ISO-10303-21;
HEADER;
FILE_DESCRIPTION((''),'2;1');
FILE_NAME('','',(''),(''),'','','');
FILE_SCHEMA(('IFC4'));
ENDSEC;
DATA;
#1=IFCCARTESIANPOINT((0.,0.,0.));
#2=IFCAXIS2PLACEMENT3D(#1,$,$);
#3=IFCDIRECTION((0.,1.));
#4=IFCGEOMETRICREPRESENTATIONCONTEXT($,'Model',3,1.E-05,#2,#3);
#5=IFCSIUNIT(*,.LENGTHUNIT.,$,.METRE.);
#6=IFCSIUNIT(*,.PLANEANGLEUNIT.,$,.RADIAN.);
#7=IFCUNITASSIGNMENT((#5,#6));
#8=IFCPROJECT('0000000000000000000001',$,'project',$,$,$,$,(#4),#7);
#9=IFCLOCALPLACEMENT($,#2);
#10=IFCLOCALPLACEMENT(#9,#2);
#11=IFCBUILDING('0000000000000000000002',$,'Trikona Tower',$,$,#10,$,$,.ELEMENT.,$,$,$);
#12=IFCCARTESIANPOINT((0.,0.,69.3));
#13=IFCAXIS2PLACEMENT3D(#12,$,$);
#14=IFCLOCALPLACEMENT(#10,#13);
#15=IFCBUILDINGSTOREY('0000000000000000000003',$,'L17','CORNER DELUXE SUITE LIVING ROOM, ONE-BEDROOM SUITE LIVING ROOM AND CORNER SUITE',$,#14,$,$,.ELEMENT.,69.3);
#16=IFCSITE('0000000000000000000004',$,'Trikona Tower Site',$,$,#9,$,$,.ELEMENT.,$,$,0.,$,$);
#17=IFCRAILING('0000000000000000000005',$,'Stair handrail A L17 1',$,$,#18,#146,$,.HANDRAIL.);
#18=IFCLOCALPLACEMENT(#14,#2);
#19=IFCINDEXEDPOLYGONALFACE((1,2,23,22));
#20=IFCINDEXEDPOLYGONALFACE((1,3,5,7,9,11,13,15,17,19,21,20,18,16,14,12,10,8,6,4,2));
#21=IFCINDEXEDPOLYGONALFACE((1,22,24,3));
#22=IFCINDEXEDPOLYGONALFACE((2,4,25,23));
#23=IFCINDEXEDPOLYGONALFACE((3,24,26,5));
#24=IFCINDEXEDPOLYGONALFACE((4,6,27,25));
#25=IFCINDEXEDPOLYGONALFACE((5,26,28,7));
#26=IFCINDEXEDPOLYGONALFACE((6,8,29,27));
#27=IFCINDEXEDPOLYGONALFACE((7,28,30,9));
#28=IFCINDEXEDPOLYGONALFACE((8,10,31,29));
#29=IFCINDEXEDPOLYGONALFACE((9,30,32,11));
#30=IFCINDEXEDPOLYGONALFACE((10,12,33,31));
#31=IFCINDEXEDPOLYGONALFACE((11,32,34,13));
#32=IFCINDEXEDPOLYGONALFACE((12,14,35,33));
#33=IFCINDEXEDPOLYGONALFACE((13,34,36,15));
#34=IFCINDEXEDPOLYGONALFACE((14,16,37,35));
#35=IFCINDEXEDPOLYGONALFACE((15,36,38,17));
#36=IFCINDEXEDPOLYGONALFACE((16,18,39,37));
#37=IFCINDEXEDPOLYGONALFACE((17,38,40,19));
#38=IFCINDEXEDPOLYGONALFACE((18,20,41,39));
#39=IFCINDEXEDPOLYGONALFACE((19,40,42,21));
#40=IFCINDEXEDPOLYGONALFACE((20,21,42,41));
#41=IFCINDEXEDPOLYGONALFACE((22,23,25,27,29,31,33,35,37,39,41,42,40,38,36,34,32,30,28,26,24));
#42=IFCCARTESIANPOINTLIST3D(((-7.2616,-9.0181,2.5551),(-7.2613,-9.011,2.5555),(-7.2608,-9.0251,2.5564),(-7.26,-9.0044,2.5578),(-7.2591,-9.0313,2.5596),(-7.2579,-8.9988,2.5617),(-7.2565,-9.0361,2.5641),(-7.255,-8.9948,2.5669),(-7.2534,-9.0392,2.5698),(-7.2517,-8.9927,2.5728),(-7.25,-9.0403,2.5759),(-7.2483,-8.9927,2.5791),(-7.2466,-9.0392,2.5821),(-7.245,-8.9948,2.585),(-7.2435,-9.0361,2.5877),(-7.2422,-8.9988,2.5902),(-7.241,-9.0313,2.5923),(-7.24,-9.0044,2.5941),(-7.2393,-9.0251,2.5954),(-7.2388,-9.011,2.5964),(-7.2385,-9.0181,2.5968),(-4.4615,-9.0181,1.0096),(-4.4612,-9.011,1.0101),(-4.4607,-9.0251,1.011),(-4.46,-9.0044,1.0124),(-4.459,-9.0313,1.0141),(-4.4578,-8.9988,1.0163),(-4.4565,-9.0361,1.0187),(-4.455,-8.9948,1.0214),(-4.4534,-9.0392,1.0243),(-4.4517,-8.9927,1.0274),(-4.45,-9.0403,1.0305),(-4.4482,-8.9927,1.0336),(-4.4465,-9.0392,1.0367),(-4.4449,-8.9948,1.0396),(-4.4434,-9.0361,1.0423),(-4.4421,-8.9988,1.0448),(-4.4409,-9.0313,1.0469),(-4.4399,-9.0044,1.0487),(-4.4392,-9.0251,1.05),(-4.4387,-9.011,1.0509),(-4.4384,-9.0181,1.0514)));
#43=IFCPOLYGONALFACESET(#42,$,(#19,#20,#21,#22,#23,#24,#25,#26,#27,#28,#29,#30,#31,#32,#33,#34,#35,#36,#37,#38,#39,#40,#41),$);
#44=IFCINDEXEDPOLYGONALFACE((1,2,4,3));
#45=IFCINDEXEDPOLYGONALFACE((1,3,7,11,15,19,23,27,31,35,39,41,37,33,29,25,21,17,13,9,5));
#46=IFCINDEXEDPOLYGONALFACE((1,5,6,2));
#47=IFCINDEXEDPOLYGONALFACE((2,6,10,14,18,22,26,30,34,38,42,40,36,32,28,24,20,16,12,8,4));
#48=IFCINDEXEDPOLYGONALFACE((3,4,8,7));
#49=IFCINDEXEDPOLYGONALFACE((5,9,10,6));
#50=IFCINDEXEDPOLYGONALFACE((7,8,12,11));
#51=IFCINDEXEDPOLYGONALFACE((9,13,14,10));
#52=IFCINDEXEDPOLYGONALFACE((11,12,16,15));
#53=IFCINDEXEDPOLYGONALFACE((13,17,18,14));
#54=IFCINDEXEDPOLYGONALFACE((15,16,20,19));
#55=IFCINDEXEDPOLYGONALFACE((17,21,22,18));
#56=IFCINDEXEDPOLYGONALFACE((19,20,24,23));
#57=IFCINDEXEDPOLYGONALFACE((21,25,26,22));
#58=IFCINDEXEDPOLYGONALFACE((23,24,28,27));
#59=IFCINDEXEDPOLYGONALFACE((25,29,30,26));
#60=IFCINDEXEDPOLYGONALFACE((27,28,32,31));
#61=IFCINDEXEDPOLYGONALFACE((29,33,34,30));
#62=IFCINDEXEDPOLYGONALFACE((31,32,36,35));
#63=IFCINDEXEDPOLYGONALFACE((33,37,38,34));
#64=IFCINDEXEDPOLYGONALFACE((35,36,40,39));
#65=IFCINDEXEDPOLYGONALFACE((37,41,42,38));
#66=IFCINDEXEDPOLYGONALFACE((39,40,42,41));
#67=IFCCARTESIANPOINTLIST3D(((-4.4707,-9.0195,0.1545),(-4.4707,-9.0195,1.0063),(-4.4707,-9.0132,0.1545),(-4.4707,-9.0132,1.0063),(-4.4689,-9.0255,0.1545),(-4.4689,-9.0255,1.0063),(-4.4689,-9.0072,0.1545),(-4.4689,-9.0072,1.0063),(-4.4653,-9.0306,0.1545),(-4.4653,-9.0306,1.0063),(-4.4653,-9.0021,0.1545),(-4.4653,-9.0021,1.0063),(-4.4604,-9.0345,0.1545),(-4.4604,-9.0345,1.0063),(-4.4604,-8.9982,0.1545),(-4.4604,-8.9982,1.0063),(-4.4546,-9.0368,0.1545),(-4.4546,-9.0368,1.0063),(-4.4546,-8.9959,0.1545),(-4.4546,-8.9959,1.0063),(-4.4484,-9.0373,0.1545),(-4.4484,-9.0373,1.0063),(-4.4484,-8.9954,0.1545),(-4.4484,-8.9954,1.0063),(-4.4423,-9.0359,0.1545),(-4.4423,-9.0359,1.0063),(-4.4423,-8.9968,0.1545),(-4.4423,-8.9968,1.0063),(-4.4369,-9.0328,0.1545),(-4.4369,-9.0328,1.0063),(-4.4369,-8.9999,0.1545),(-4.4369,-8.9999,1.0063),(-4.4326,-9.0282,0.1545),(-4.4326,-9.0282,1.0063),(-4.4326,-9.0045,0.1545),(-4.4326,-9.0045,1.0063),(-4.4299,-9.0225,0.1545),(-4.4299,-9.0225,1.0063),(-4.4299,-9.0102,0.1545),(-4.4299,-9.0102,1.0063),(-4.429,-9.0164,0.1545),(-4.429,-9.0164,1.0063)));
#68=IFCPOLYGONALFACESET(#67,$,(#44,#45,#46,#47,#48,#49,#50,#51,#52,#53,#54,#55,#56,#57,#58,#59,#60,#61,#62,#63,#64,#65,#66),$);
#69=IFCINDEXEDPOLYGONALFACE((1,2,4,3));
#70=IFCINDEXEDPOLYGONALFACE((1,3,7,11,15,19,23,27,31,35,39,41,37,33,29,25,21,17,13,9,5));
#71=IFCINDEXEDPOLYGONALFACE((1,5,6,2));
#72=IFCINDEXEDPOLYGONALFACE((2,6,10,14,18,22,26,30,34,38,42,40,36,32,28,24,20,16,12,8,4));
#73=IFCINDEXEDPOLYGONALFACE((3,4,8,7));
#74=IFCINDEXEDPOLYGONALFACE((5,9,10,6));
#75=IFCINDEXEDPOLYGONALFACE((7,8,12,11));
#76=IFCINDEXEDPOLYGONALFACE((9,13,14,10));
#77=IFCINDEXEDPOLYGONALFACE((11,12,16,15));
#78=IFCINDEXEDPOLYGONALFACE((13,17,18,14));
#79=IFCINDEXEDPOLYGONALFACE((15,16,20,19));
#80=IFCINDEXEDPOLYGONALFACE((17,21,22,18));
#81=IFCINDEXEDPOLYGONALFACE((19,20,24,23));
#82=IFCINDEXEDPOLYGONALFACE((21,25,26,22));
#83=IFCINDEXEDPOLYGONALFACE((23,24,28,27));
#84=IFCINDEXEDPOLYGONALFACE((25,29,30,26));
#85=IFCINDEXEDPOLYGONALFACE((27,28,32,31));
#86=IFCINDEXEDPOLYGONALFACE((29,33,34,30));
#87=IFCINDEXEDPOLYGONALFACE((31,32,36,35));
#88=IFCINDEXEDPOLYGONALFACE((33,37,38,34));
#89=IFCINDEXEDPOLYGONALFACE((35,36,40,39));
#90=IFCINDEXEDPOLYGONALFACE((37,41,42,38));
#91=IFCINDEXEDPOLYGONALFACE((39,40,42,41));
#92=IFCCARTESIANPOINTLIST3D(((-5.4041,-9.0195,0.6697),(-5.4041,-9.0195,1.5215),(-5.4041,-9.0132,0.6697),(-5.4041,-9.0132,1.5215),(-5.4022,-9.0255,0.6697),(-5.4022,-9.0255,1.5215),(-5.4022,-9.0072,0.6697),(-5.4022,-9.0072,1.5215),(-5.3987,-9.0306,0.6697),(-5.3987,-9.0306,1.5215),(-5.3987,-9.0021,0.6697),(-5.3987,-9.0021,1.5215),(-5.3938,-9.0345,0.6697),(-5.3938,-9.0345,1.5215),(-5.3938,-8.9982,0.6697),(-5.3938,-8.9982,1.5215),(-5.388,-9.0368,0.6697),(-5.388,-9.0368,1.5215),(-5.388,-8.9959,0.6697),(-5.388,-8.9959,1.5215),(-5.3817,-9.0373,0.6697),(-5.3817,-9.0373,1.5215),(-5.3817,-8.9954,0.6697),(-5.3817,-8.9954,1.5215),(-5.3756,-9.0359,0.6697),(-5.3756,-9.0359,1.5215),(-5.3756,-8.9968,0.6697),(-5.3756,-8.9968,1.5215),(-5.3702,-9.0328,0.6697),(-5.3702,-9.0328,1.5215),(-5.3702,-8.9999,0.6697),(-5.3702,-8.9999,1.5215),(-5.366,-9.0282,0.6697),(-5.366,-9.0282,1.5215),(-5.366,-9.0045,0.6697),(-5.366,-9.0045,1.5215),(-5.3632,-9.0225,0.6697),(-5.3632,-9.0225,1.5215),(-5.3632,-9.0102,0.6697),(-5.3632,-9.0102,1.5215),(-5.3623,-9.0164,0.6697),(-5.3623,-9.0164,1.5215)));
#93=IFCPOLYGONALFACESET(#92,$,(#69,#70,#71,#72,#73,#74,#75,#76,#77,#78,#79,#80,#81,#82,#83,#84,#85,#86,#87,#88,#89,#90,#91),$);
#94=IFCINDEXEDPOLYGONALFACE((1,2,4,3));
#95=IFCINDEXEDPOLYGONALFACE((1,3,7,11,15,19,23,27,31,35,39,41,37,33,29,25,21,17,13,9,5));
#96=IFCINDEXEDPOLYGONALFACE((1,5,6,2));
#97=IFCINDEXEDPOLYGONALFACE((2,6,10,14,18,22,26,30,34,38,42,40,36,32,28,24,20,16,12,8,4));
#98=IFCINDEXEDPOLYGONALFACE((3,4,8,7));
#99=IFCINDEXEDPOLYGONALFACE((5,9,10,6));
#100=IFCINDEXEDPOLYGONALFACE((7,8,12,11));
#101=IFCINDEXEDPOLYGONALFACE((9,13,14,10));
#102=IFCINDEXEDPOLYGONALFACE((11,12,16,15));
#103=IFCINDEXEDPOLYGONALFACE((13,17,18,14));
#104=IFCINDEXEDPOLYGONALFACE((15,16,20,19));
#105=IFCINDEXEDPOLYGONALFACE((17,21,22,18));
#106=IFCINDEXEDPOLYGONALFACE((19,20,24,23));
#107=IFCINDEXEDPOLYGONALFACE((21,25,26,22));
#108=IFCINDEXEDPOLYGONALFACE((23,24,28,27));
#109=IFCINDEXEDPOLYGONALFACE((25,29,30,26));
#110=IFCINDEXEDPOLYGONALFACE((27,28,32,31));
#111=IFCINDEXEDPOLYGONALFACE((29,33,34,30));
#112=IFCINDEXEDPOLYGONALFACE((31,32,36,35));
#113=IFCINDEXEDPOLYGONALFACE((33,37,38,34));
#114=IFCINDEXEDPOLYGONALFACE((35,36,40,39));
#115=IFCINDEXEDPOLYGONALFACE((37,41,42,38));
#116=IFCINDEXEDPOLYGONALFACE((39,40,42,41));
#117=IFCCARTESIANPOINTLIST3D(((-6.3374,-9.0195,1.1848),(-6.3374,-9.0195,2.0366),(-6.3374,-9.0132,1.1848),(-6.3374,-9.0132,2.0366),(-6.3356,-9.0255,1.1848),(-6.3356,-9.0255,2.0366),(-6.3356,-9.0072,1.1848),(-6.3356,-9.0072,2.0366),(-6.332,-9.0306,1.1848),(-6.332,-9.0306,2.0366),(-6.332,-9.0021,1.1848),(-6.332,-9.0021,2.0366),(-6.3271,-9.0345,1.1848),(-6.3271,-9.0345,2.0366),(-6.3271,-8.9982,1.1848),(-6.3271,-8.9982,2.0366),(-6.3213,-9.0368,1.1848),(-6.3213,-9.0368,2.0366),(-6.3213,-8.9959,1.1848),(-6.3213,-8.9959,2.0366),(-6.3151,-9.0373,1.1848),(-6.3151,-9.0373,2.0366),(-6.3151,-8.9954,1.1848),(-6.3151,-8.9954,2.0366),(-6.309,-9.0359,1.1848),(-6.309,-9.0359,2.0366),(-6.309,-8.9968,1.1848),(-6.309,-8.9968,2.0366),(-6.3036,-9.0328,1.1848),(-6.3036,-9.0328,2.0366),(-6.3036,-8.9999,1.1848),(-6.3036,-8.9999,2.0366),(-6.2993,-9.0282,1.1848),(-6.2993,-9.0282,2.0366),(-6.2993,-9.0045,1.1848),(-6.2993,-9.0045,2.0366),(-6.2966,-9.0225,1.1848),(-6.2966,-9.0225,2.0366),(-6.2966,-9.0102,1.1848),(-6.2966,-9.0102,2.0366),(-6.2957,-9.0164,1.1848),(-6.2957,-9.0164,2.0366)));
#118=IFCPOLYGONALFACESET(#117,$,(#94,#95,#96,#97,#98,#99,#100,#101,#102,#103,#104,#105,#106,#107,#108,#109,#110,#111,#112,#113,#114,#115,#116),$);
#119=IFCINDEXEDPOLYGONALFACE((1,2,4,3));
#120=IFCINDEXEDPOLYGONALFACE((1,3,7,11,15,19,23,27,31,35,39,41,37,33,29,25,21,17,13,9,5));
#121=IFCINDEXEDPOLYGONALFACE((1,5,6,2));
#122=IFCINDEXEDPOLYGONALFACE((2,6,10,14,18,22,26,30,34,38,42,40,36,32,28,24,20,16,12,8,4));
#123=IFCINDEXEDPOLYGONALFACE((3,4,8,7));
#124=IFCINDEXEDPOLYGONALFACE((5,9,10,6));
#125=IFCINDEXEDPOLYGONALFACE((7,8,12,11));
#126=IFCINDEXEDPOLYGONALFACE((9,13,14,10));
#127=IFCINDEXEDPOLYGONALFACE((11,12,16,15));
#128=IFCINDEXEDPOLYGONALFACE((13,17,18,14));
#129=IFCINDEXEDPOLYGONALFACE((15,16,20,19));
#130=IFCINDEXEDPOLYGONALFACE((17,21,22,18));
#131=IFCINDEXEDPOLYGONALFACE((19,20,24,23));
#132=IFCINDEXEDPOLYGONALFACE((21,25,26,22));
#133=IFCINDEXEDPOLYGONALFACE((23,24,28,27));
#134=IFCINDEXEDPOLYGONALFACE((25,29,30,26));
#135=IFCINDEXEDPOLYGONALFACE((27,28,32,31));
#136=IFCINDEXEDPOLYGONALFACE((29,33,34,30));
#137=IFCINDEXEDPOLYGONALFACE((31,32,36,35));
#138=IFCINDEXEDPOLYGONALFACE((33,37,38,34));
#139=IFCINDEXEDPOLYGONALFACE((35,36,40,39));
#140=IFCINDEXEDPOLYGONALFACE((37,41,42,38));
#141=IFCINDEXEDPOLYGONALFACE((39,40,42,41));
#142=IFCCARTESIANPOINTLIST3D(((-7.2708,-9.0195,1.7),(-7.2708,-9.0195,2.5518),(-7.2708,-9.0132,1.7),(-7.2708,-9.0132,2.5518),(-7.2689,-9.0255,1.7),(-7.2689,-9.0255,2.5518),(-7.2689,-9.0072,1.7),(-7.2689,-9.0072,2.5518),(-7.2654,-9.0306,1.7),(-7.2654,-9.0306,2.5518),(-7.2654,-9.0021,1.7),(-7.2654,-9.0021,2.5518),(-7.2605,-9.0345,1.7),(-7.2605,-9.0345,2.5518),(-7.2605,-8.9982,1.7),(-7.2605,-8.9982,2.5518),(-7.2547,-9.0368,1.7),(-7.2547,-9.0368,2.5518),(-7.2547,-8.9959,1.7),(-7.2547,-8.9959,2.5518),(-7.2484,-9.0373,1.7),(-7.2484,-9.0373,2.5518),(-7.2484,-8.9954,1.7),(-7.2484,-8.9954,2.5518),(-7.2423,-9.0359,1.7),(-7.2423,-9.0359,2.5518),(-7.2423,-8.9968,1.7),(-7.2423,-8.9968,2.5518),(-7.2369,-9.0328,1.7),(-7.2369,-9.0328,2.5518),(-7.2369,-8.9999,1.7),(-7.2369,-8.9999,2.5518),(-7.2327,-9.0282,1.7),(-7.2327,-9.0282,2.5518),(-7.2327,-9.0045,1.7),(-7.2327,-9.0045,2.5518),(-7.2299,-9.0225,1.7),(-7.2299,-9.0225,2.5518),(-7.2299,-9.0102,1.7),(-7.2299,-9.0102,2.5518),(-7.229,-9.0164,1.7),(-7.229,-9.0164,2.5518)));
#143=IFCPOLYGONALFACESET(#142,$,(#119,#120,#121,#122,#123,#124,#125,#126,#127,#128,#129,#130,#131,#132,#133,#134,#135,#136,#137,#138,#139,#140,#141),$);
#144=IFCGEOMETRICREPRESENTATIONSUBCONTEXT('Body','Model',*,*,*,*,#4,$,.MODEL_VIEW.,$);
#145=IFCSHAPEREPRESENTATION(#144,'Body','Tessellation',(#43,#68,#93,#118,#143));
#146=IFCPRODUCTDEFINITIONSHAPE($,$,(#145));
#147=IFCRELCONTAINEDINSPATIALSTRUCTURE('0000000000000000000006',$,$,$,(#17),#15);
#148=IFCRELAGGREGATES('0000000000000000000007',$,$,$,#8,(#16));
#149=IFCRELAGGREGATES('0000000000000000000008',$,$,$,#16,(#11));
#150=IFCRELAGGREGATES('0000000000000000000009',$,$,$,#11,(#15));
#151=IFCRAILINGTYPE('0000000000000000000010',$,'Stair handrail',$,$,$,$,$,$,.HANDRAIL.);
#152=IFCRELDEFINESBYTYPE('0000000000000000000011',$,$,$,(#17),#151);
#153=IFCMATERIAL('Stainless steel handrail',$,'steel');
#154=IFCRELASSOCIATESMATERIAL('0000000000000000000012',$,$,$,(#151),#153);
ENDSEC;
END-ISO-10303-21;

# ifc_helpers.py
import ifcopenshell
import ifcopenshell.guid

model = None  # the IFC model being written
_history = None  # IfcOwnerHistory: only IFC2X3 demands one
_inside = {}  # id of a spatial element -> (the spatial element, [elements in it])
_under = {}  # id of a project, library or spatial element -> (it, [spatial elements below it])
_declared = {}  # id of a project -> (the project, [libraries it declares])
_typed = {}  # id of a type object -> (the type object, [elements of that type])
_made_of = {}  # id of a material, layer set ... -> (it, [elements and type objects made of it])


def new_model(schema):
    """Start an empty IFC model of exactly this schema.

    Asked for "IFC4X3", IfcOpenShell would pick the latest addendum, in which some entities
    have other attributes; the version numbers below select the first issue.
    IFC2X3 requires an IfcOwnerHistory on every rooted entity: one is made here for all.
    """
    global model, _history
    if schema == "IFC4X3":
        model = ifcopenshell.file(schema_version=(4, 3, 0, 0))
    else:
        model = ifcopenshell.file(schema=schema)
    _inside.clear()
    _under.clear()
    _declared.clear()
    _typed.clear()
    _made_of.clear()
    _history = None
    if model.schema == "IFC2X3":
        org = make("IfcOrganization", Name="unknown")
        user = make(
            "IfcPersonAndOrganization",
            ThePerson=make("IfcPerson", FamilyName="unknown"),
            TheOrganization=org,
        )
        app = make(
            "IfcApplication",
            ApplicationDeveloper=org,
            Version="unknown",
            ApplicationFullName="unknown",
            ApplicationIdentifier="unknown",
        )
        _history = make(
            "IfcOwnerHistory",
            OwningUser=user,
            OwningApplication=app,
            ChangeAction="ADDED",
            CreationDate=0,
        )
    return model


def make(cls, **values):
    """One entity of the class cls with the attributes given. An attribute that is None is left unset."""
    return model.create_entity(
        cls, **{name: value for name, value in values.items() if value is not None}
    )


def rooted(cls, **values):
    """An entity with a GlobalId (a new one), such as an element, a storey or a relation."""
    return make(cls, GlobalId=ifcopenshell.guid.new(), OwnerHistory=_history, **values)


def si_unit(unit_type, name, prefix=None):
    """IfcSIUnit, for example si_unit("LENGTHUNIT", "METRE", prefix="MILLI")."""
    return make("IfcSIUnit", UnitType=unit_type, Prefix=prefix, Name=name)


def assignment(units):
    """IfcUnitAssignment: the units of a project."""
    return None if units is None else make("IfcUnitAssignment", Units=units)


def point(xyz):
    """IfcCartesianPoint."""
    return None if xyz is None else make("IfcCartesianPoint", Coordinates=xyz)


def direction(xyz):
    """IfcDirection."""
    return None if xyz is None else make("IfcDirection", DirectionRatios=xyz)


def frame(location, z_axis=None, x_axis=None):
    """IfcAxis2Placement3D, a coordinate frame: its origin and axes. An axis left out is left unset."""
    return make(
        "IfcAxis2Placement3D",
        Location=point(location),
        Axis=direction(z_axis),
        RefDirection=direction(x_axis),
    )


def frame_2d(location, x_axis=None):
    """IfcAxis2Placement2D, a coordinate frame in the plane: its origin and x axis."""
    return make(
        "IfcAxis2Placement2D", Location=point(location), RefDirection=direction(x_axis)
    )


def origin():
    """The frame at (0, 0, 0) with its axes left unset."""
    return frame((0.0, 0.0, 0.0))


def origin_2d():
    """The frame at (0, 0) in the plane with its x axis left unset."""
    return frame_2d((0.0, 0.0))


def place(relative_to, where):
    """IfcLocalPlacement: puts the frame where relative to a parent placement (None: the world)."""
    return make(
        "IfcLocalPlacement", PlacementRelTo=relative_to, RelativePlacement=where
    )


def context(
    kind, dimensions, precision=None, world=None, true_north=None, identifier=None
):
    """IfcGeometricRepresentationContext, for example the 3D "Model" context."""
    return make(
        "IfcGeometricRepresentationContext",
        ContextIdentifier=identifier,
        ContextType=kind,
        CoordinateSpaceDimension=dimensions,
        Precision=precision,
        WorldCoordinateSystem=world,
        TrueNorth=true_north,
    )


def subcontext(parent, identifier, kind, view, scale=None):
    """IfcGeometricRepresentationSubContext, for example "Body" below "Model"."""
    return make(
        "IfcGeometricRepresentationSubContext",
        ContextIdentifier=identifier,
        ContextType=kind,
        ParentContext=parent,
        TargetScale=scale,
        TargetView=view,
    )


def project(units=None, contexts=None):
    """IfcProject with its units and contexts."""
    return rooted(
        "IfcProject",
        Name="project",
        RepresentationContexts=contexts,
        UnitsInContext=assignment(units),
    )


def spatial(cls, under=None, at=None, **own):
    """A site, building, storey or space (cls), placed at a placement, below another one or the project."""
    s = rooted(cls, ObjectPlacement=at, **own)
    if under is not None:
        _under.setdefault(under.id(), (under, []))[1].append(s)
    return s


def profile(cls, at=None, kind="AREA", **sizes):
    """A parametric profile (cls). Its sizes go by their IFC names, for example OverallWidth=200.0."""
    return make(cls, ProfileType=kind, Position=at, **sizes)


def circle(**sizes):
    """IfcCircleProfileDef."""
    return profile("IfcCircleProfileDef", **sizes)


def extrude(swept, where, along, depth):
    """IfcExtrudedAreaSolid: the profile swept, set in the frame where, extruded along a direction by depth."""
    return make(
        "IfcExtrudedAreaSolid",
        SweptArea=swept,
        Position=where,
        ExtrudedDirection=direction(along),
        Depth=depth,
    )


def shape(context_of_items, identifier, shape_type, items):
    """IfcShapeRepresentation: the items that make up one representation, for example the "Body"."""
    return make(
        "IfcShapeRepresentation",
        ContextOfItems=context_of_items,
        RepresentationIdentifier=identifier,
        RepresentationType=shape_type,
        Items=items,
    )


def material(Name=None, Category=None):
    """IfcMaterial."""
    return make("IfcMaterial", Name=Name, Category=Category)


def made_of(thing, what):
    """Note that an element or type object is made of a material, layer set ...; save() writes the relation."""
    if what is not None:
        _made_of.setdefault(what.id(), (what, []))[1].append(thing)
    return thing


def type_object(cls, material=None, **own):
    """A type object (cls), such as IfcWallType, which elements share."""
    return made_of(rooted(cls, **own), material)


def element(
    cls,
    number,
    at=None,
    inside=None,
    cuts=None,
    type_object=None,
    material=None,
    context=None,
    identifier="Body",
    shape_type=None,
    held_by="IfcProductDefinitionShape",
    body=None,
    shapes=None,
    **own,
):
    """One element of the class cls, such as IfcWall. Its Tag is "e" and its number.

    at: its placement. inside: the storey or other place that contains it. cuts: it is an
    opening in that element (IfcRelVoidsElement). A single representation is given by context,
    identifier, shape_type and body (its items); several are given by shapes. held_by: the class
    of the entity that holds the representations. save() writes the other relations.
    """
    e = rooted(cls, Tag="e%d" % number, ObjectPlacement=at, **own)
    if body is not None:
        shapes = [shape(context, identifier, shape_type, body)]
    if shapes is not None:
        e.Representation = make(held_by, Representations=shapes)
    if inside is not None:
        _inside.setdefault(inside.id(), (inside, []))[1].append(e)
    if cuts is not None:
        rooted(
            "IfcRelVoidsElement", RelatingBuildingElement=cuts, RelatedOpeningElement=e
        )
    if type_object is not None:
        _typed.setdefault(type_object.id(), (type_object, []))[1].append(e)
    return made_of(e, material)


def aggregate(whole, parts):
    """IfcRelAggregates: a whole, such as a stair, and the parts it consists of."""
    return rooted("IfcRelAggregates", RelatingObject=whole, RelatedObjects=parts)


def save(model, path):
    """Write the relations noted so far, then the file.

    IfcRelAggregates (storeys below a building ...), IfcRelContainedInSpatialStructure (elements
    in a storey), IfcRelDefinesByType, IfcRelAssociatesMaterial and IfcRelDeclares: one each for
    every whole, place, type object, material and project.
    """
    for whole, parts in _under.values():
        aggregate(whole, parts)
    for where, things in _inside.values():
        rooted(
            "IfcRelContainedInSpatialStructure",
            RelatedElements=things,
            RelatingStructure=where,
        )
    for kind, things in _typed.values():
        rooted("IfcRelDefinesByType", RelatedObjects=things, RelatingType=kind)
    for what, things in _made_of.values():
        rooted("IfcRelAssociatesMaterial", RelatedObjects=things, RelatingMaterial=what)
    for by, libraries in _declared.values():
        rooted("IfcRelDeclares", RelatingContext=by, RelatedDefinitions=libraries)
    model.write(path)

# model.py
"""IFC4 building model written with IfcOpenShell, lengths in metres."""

from ifc_helpers import new_model, si_unit, direction, frame, origin, origin_2d, place, context, subcontext, project, spatial, circle, extrude, material, type_object, element, save


model = new_model("IFC4")

# Units and contexts
model_context = context("Model", 3, precision=1e-05, world=origin(), true_north=direction((0.0, 1.0)))
body_context = subcontext(model_context, "Body", "Model", "MODEL_VIEW")
ifc_project = project(units=[si_unit("LENGTHUNIT", "METRE"), si_unit("PLANEANGLEUNIT", "RADIAN")], contexts=[model_context])

# Site, building, storey
site_placement = place(None, origin())
site = spatial("IfcSite", under=ifc_project, at=site_placement, Name="Trikona Tower Site", CompositionType="ELEMENT", RefElevation=0.0)
building_placement = place(site_placement, origin())
building = spatial("IfcBuilding", under=site, at=building_placement, Name="Trikona Tower", CompositionType="ELEMENT")
storey_placement = place(building_placement, frame((0.0, 0.0, 69.3)))
storey = spatial("IfcBuildingStorey", under=building, at=storey_placement, Name="L17", Description="CORNER DELUXE SUITE LIVING ROOM, ONE-BEDROOM SUITE LIVING ROOM AND CORNER SUITE", CompositionType="ELEMENT", Elevation=69.3)

# Railing
ifc_material_1 = material(Name="Stainless steel handrail", Category="steel")
railing_type = type_object("IfcRailingType", Name="Stair handrail", PredefinedType="HANDRAIL", material=ifc_material_1)
railing_placement = place(storey_placement, frame((-4.45, -9.0164, 0.1545)))
element("IfcRailing", 1, at=railing_placement, inside=storey, type_object=railing_type, Name="Stair handrail A L17 1", PredefinedType="HANDRAIL", context=body_context, shape_type="SweptSolid", body=[
    extrude(circle(Radius=0.0239, at=origin_2d()), frame((0.0, 0.0, 0.876), z_axis=(-0.875504, 0.0, 0.483211), x_axis=(0.0, -1.0, 0.0)), (0.0, 0.0, 1.0), 3.1982),
    extrude(circle(Radius=0.021, at=origin_2d()), origin(), (0.0, 0.0, 1.0), 0.8518),
    extrude(circle(Radius=0.021, at=origin_2d()), frame((-0.9333, 0.0, 0.5151)), (0.0, 0.0, 1.0), 0.8518),
    extrude(circle(Radius=0.021, at=origin_2d()), frame((-1.8667, 0.0, 1.0303)), (0.0, 0.0, 1.0), 0.8518),
    extrude(circle(Radius=0.021, at=origin_2d()), frame((-2.8, 0.0, 1.5454)), (0.0, 0.0, 1.0), 0.8518),
])

save(model, "model.ifc")
